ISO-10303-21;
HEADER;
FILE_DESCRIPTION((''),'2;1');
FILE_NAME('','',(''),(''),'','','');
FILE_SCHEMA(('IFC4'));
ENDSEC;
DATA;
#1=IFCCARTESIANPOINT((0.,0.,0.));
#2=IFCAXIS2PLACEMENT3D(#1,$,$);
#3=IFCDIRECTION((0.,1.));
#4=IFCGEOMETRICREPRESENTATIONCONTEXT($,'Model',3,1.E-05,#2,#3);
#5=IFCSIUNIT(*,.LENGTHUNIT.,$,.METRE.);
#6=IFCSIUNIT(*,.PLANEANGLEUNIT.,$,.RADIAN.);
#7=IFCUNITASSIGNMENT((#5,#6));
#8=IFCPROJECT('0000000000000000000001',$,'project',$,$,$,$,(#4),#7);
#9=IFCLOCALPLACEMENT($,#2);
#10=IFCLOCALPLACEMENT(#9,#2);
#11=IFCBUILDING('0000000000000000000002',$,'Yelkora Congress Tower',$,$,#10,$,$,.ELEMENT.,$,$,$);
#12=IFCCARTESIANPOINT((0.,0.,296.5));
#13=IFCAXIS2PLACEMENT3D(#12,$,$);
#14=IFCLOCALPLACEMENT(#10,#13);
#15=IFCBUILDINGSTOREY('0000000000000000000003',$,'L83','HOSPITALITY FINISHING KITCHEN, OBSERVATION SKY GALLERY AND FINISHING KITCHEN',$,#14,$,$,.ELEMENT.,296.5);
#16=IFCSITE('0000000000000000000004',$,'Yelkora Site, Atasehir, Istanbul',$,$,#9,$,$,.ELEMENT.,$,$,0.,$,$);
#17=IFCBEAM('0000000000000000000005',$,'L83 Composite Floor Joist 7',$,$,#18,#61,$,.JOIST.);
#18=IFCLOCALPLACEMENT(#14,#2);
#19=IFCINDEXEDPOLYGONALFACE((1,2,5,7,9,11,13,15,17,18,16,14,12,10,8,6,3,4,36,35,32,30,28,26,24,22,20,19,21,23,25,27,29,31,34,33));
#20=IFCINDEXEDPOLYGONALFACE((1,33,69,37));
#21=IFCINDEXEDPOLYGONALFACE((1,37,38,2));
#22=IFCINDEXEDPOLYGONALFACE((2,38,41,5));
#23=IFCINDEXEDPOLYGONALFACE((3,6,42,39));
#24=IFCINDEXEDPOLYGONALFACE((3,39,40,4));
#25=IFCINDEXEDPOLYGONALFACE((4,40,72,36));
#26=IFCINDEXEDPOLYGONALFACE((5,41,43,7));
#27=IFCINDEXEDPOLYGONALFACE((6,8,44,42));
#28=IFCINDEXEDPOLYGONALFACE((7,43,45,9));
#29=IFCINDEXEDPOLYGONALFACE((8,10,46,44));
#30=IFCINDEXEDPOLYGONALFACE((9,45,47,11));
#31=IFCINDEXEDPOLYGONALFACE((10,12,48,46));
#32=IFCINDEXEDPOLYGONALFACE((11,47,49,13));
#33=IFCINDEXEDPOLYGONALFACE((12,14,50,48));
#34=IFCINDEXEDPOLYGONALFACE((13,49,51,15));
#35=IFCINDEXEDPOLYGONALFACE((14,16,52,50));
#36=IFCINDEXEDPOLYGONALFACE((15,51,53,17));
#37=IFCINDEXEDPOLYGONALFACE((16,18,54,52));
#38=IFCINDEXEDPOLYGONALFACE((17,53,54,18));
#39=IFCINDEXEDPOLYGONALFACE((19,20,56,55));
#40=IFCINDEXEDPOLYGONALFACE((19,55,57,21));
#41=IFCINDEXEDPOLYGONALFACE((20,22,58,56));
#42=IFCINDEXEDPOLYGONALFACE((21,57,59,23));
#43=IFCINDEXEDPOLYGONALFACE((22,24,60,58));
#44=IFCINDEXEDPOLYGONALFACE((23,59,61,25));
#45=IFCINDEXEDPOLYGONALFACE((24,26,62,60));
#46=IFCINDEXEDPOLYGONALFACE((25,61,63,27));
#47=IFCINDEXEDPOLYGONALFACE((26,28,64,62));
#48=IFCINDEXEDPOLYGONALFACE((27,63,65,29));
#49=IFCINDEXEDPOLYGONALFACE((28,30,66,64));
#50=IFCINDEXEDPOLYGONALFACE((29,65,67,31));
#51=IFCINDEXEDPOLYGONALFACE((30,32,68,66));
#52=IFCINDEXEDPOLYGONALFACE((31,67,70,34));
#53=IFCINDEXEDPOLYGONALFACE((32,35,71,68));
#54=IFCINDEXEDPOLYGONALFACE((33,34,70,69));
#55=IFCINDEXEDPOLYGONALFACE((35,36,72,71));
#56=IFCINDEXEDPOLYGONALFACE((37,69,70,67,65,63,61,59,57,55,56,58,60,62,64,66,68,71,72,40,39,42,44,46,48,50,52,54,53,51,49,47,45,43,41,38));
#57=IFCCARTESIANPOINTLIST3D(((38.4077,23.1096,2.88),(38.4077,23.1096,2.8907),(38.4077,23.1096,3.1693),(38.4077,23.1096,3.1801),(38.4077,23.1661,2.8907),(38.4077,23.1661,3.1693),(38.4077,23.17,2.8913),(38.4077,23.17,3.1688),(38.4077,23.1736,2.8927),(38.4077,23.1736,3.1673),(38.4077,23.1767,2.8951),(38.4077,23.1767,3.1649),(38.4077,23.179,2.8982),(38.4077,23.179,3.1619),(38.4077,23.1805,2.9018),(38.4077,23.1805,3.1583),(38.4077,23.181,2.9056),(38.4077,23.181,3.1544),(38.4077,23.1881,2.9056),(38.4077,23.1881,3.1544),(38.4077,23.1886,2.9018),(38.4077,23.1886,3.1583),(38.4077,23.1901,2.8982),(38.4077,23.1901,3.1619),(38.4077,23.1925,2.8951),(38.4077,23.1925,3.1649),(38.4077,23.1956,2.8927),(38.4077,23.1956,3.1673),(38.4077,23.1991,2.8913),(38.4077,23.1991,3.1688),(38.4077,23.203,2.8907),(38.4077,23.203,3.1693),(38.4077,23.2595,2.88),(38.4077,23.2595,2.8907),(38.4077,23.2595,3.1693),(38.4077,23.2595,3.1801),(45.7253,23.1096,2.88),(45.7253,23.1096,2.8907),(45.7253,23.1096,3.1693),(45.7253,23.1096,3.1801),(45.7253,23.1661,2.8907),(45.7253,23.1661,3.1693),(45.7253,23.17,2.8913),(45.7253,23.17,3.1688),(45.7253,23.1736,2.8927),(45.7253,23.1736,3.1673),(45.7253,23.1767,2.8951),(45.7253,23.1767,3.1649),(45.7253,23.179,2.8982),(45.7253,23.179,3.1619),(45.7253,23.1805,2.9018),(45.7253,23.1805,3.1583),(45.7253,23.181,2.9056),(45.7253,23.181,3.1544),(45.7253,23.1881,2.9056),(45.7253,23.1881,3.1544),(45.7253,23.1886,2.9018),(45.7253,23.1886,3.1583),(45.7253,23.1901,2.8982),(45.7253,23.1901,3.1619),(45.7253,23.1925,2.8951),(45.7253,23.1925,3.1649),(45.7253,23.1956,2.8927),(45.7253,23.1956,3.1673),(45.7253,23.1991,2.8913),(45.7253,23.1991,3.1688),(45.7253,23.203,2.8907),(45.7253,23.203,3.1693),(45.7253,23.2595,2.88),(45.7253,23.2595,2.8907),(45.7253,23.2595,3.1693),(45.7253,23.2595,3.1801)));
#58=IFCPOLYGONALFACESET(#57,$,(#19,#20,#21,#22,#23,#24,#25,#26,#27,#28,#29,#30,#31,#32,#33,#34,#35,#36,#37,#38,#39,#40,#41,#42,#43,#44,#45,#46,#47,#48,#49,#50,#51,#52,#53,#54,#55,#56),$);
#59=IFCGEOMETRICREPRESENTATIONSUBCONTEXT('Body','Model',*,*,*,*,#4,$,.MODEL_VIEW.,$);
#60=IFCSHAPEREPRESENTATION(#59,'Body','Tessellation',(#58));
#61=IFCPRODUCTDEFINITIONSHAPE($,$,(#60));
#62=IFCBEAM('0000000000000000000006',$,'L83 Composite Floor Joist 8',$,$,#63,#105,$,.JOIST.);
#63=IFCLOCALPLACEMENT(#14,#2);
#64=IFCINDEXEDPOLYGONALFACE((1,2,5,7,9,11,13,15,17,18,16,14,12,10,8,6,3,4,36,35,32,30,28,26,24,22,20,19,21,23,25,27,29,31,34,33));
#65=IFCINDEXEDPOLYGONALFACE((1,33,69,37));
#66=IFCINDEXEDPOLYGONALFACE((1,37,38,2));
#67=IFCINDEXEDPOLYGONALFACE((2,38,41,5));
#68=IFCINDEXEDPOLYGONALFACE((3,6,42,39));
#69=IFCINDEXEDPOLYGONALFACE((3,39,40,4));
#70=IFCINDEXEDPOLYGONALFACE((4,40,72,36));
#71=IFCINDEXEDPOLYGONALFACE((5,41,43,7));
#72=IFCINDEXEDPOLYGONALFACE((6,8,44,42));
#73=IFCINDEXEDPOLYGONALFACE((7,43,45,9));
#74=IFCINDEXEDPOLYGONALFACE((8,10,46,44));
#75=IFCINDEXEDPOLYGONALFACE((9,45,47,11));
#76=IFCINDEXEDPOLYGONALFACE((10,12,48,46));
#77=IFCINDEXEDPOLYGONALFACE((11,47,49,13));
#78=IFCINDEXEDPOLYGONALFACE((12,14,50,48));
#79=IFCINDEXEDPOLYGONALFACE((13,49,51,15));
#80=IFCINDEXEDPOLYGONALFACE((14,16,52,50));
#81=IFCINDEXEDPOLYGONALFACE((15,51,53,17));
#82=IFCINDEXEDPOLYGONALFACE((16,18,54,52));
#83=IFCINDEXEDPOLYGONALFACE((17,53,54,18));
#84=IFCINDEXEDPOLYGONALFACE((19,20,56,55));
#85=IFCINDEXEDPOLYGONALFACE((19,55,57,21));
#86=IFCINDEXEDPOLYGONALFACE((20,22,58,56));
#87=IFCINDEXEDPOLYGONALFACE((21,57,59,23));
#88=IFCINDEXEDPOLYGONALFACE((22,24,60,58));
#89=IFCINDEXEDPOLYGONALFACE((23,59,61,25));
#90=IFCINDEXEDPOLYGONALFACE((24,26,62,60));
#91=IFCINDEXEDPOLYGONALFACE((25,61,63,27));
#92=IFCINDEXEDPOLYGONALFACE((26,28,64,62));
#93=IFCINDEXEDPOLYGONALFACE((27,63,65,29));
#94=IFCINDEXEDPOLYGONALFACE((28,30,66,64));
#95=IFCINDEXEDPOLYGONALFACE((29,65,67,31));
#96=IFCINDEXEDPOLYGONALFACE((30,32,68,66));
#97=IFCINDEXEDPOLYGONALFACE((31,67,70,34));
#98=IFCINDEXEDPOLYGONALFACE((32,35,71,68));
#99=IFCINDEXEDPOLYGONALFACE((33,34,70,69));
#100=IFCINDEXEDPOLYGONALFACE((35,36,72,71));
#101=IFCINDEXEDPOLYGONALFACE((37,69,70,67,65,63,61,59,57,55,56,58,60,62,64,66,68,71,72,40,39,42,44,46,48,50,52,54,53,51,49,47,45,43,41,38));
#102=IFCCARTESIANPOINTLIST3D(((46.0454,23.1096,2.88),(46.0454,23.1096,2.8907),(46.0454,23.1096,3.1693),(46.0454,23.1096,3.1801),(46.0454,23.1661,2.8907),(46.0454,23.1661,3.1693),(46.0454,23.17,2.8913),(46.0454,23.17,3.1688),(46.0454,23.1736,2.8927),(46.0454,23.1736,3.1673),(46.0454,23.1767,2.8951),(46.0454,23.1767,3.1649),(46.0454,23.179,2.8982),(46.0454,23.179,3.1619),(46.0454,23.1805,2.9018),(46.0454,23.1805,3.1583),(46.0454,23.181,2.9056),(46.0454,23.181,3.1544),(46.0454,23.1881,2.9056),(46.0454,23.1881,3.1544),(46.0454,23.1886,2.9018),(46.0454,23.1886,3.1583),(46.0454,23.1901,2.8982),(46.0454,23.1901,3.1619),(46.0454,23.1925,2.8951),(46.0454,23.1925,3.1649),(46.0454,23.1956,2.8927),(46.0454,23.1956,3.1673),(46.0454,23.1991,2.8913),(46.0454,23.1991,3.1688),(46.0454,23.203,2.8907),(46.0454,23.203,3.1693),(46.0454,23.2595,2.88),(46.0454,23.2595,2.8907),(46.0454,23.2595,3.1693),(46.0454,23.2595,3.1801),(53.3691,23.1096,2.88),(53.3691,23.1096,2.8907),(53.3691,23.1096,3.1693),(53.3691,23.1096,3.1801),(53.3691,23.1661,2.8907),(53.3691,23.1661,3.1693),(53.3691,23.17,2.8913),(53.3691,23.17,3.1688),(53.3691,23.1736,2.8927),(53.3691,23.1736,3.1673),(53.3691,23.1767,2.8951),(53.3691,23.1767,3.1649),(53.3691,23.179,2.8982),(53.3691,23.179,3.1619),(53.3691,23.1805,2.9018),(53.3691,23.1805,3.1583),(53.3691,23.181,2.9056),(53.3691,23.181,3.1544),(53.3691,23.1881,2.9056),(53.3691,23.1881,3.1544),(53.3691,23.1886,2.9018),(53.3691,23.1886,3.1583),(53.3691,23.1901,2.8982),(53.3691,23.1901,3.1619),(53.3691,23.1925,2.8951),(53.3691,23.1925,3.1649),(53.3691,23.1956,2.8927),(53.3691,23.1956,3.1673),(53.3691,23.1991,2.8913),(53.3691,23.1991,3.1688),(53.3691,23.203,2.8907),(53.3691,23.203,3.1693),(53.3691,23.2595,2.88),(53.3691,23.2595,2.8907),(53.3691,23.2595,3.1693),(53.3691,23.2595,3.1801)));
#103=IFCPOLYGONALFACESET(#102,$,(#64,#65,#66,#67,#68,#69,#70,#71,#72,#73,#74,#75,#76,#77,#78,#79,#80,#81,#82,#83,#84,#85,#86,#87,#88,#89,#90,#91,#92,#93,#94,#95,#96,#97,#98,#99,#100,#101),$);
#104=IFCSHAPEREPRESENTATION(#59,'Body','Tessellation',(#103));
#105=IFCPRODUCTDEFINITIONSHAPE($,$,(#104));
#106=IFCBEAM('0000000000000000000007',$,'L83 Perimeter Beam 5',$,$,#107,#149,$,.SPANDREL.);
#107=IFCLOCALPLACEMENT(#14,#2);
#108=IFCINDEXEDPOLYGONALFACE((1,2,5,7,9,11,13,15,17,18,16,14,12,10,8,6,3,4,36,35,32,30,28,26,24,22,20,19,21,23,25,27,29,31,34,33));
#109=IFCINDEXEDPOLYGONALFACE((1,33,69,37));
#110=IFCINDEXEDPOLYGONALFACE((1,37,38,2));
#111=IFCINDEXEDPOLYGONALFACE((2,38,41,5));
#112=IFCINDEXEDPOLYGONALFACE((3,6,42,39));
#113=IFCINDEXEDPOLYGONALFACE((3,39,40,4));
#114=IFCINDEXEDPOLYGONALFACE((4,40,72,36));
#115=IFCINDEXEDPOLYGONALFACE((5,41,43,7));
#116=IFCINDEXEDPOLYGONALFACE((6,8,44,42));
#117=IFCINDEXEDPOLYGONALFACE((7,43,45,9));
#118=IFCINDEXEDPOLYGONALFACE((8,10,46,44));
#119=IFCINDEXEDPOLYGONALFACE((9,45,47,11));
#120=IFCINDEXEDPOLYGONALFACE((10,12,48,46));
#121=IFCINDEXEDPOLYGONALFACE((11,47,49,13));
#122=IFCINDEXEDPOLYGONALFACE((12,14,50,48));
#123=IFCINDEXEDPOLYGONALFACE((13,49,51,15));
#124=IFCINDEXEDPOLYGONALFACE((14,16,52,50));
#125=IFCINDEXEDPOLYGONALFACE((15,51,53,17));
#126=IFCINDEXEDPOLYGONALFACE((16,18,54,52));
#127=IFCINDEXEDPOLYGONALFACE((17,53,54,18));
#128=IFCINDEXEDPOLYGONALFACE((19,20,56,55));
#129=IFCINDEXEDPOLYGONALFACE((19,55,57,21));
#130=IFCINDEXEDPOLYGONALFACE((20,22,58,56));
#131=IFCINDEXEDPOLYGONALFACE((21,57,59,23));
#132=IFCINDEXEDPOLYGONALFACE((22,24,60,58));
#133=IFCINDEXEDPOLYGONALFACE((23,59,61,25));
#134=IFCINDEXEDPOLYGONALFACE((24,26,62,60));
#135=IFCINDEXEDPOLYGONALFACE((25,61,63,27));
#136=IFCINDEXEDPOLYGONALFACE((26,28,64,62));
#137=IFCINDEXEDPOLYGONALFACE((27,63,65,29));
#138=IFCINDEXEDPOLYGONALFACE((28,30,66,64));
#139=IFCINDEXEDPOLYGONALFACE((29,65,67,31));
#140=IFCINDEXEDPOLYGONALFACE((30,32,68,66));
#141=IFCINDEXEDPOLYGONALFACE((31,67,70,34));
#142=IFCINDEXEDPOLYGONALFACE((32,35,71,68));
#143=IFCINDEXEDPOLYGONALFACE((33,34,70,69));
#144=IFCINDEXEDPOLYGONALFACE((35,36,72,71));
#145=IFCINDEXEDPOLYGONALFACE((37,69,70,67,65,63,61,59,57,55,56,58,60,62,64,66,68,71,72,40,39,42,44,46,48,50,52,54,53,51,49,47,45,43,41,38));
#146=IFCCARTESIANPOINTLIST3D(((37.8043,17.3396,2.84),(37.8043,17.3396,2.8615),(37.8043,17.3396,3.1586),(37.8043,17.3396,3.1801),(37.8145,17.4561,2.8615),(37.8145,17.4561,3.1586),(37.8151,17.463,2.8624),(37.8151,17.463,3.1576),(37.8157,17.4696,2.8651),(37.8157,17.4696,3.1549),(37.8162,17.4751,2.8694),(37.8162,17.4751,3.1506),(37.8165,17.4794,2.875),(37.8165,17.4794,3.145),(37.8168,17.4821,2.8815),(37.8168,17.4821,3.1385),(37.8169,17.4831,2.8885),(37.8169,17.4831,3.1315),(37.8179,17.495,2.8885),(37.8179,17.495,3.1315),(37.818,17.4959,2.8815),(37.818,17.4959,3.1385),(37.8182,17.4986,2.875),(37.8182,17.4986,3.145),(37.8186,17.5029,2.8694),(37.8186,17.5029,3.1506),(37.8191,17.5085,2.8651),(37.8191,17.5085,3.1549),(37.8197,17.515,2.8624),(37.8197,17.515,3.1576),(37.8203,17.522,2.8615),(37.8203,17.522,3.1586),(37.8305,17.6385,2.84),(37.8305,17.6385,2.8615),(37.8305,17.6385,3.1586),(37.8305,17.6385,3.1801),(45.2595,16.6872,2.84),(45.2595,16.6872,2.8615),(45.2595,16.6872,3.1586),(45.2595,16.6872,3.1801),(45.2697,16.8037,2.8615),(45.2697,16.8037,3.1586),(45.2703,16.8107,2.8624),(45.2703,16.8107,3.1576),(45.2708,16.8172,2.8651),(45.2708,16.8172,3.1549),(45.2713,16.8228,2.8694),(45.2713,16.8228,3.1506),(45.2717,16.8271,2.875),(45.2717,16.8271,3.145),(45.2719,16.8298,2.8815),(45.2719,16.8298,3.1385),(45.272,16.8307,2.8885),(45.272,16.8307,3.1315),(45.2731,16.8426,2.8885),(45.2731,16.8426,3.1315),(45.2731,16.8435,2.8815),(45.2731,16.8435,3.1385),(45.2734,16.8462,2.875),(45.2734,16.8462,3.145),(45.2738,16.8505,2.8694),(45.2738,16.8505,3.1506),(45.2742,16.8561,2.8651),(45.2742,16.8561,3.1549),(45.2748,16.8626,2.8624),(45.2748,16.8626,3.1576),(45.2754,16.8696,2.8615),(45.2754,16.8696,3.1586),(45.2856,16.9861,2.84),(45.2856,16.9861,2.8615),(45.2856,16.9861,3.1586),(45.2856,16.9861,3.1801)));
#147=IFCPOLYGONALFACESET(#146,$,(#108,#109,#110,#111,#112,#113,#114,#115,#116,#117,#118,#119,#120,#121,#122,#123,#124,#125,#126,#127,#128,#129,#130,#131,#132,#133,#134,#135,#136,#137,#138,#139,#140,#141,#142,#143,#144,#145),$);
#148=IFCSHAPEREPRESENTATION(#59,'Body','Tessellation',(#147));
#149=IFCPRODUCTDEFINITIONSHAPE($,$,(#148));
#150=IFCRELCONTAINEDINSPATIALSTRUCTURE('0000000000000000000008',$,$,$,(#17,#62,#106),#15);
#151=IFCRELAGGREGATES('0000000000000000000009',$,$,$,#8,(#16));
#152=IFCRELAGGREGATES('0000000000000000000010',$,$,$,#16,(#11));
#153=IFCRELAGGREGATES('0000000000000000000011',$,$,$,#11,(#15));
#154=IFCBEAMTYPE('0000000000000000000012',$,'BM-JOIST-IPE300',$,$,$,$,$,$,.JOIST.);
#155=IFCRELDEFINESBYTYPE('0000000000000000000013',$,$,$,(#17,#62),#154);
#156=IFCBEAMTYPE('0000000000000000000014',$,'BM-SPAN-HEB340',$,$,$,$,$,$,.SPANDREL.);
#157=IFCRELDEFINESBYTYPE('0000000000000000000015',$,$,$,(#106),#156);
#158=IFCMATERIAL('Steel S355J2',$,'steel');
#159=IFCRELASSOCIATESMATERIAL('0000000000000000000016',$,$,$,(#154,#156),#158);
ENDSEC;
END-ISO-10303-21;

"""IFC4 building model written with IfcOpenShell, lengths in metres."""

from ifc_helpers import new_model, si_unit, direction, frame, origin, origin_2d, place, context, subcontext, project, spatial, i_section, extrude, material, material_profile, profile_set, type_object, element, save


model = new_model("IFC4")

# Units and contexts
model_context = context("Model", 3, precision=1e-05, world=origin(), true_north=direction((0.0, 1.0)))
body_context = subcontext(model_context, "Body", "Model", "MODEL_VIEW")
ifc_project = project(units=[si_unit("LENGTHUNIT", "METRE"), si_unit("PLANEANGLEUNIT", "RADIAN")], contexts=[model_context])

# Site, building, storey
site_placement = place(None, origin())
site = spatial("IfcSite", under=ifc_project, at=site_placement, Name="Yelkora Site, Atasehir, Istanbul", CompositionType="ELEMENT", RefElevation=0.0)
building_placement = place(site_placement, origin())
building = spatial("IfcBuilding", under=site, at=building_placement, Name="Yelkora Congress Tower", CompositionType="ELEMENT")
storey_placement = place(building_placement, frame((0.0, 0.0, 296.5)))
storey = spatial("IfcBuildingStorey", under=building, at=storey_placement, Name="L83", Description="HOSPITALITY FINISHING KITCHEN, OBSERVATION SKY GALLERY AND FINISHING KITCHEN", CompositionType="ELEMENT", Elevation=296.5)

# Shared definitions
ifc_material_1 = material(Name="Steel S355J2", Category="steel")

# Beams
ifc_material_profile_1 = material_profile(ifc_material_1, i_section(OverallWidth=0.1499, OverallDepth=0.3, WebThickness=0.0071, FlangeThickness=0.0107, FilletRadius=0.0149, at=origin_2d()), Name="IPE 300")
ifc_profile_set_1 = profile_set([ifc_material_profile_1], Name="Steel S355J2")
beam_type_1 = type_object("IfcBeamType", Name="BM-JOIST-IPE300", PredefinedType="JOIST", material=ifc_profile_set_1)
beam_1_placement = place(storey_placement, frame((38.4077, 23.1846, 3.03), z_axis=(1.0, 0.0, 0.0), x_axis=(0.0, 1.0, 0.0)))
element("IfcBeam", 1, at=beam_1_placement, inside=storey, type_object=beam_type_1, Name="L83 Composite Floor Joist 7", PredefinedType="JOIST", context=body_context, shape_type="SweptSolid", body=[
    extrude(i_section(OverallWidth=0.1499, OverallDepth=0.3, WebThickness=0.0071, FlangeThickness=0.0107, FilletRadius=0.0149, at=origin_2d()), origin(), (0.0, 0.0, 1.0), 7.3176),
])
beam_2_placement = place(storey_placement, frame((46.0454, 23.1846, 3.03), z_axis=(1.0, 0.0, 0.0), x_axis=(0.0, 1.0, 0.0)))
element("IfcBeam", 2, at=beam_2_placement, inside=storey, type_object=beam_type_1, Name="L83 Composite Floor Joist 8", PredefinedType="JOIST", context=body_context, shape_type="SweptSolid", body=[
    extrude(i_section(OverallWidth=0.1499, OverallDepth=0.3, WebThickness=0.0071, FlangeThickness=0.0107, FilletRadius=0.0149, at=origin_2d()), origin(), (0.0, 0.0, 1.0), 7.3237),
])
ifc_material_profile_2 = material_profile(ifc_material_1, i_section(OverallWidth=0.3, OverallDepth=0.3401, WebThickness=0.012, FlangeThickness=0.0215, FilletRadius=0.0271, at=origin_2d()), Name="HEB 340")
ifc_profile_set_2 = profile_set([ifc_material_profile_2], Name="Steel S355J2")
beam_type_2 = type_object("IfcBeamType", Name="BM-SPAN-HEB340", PredefinedType="SPANDREL", material=ifc_profile_set_2)
beam_3_placement = place(storey_placement, frame((37.8174, 17.489, 3.01), z_axis=(0.996193, -0.08717, 0.0), x_axis=(0.08717, 0.996193, 0.0)))
element("IfcBeam", 3, at=beam_3_placement, inside=storey, type_object=beam_type_2, Name="L83 Perimeter Beam 5", PredefinedType="SPANDREL", context=body_context, shape_type="SweptSolid", body=[
    extrude(i_section(OverallWidth=0.3, OverallDepth=0.3401, WebThickness=0.012, FlangeThickness=0.0215, FilletRadius=0.0271, at=origin_2d()), origin(), (0.0, 0.0, 1.0), 7.4836),
])

save(model, "model.ifc")
